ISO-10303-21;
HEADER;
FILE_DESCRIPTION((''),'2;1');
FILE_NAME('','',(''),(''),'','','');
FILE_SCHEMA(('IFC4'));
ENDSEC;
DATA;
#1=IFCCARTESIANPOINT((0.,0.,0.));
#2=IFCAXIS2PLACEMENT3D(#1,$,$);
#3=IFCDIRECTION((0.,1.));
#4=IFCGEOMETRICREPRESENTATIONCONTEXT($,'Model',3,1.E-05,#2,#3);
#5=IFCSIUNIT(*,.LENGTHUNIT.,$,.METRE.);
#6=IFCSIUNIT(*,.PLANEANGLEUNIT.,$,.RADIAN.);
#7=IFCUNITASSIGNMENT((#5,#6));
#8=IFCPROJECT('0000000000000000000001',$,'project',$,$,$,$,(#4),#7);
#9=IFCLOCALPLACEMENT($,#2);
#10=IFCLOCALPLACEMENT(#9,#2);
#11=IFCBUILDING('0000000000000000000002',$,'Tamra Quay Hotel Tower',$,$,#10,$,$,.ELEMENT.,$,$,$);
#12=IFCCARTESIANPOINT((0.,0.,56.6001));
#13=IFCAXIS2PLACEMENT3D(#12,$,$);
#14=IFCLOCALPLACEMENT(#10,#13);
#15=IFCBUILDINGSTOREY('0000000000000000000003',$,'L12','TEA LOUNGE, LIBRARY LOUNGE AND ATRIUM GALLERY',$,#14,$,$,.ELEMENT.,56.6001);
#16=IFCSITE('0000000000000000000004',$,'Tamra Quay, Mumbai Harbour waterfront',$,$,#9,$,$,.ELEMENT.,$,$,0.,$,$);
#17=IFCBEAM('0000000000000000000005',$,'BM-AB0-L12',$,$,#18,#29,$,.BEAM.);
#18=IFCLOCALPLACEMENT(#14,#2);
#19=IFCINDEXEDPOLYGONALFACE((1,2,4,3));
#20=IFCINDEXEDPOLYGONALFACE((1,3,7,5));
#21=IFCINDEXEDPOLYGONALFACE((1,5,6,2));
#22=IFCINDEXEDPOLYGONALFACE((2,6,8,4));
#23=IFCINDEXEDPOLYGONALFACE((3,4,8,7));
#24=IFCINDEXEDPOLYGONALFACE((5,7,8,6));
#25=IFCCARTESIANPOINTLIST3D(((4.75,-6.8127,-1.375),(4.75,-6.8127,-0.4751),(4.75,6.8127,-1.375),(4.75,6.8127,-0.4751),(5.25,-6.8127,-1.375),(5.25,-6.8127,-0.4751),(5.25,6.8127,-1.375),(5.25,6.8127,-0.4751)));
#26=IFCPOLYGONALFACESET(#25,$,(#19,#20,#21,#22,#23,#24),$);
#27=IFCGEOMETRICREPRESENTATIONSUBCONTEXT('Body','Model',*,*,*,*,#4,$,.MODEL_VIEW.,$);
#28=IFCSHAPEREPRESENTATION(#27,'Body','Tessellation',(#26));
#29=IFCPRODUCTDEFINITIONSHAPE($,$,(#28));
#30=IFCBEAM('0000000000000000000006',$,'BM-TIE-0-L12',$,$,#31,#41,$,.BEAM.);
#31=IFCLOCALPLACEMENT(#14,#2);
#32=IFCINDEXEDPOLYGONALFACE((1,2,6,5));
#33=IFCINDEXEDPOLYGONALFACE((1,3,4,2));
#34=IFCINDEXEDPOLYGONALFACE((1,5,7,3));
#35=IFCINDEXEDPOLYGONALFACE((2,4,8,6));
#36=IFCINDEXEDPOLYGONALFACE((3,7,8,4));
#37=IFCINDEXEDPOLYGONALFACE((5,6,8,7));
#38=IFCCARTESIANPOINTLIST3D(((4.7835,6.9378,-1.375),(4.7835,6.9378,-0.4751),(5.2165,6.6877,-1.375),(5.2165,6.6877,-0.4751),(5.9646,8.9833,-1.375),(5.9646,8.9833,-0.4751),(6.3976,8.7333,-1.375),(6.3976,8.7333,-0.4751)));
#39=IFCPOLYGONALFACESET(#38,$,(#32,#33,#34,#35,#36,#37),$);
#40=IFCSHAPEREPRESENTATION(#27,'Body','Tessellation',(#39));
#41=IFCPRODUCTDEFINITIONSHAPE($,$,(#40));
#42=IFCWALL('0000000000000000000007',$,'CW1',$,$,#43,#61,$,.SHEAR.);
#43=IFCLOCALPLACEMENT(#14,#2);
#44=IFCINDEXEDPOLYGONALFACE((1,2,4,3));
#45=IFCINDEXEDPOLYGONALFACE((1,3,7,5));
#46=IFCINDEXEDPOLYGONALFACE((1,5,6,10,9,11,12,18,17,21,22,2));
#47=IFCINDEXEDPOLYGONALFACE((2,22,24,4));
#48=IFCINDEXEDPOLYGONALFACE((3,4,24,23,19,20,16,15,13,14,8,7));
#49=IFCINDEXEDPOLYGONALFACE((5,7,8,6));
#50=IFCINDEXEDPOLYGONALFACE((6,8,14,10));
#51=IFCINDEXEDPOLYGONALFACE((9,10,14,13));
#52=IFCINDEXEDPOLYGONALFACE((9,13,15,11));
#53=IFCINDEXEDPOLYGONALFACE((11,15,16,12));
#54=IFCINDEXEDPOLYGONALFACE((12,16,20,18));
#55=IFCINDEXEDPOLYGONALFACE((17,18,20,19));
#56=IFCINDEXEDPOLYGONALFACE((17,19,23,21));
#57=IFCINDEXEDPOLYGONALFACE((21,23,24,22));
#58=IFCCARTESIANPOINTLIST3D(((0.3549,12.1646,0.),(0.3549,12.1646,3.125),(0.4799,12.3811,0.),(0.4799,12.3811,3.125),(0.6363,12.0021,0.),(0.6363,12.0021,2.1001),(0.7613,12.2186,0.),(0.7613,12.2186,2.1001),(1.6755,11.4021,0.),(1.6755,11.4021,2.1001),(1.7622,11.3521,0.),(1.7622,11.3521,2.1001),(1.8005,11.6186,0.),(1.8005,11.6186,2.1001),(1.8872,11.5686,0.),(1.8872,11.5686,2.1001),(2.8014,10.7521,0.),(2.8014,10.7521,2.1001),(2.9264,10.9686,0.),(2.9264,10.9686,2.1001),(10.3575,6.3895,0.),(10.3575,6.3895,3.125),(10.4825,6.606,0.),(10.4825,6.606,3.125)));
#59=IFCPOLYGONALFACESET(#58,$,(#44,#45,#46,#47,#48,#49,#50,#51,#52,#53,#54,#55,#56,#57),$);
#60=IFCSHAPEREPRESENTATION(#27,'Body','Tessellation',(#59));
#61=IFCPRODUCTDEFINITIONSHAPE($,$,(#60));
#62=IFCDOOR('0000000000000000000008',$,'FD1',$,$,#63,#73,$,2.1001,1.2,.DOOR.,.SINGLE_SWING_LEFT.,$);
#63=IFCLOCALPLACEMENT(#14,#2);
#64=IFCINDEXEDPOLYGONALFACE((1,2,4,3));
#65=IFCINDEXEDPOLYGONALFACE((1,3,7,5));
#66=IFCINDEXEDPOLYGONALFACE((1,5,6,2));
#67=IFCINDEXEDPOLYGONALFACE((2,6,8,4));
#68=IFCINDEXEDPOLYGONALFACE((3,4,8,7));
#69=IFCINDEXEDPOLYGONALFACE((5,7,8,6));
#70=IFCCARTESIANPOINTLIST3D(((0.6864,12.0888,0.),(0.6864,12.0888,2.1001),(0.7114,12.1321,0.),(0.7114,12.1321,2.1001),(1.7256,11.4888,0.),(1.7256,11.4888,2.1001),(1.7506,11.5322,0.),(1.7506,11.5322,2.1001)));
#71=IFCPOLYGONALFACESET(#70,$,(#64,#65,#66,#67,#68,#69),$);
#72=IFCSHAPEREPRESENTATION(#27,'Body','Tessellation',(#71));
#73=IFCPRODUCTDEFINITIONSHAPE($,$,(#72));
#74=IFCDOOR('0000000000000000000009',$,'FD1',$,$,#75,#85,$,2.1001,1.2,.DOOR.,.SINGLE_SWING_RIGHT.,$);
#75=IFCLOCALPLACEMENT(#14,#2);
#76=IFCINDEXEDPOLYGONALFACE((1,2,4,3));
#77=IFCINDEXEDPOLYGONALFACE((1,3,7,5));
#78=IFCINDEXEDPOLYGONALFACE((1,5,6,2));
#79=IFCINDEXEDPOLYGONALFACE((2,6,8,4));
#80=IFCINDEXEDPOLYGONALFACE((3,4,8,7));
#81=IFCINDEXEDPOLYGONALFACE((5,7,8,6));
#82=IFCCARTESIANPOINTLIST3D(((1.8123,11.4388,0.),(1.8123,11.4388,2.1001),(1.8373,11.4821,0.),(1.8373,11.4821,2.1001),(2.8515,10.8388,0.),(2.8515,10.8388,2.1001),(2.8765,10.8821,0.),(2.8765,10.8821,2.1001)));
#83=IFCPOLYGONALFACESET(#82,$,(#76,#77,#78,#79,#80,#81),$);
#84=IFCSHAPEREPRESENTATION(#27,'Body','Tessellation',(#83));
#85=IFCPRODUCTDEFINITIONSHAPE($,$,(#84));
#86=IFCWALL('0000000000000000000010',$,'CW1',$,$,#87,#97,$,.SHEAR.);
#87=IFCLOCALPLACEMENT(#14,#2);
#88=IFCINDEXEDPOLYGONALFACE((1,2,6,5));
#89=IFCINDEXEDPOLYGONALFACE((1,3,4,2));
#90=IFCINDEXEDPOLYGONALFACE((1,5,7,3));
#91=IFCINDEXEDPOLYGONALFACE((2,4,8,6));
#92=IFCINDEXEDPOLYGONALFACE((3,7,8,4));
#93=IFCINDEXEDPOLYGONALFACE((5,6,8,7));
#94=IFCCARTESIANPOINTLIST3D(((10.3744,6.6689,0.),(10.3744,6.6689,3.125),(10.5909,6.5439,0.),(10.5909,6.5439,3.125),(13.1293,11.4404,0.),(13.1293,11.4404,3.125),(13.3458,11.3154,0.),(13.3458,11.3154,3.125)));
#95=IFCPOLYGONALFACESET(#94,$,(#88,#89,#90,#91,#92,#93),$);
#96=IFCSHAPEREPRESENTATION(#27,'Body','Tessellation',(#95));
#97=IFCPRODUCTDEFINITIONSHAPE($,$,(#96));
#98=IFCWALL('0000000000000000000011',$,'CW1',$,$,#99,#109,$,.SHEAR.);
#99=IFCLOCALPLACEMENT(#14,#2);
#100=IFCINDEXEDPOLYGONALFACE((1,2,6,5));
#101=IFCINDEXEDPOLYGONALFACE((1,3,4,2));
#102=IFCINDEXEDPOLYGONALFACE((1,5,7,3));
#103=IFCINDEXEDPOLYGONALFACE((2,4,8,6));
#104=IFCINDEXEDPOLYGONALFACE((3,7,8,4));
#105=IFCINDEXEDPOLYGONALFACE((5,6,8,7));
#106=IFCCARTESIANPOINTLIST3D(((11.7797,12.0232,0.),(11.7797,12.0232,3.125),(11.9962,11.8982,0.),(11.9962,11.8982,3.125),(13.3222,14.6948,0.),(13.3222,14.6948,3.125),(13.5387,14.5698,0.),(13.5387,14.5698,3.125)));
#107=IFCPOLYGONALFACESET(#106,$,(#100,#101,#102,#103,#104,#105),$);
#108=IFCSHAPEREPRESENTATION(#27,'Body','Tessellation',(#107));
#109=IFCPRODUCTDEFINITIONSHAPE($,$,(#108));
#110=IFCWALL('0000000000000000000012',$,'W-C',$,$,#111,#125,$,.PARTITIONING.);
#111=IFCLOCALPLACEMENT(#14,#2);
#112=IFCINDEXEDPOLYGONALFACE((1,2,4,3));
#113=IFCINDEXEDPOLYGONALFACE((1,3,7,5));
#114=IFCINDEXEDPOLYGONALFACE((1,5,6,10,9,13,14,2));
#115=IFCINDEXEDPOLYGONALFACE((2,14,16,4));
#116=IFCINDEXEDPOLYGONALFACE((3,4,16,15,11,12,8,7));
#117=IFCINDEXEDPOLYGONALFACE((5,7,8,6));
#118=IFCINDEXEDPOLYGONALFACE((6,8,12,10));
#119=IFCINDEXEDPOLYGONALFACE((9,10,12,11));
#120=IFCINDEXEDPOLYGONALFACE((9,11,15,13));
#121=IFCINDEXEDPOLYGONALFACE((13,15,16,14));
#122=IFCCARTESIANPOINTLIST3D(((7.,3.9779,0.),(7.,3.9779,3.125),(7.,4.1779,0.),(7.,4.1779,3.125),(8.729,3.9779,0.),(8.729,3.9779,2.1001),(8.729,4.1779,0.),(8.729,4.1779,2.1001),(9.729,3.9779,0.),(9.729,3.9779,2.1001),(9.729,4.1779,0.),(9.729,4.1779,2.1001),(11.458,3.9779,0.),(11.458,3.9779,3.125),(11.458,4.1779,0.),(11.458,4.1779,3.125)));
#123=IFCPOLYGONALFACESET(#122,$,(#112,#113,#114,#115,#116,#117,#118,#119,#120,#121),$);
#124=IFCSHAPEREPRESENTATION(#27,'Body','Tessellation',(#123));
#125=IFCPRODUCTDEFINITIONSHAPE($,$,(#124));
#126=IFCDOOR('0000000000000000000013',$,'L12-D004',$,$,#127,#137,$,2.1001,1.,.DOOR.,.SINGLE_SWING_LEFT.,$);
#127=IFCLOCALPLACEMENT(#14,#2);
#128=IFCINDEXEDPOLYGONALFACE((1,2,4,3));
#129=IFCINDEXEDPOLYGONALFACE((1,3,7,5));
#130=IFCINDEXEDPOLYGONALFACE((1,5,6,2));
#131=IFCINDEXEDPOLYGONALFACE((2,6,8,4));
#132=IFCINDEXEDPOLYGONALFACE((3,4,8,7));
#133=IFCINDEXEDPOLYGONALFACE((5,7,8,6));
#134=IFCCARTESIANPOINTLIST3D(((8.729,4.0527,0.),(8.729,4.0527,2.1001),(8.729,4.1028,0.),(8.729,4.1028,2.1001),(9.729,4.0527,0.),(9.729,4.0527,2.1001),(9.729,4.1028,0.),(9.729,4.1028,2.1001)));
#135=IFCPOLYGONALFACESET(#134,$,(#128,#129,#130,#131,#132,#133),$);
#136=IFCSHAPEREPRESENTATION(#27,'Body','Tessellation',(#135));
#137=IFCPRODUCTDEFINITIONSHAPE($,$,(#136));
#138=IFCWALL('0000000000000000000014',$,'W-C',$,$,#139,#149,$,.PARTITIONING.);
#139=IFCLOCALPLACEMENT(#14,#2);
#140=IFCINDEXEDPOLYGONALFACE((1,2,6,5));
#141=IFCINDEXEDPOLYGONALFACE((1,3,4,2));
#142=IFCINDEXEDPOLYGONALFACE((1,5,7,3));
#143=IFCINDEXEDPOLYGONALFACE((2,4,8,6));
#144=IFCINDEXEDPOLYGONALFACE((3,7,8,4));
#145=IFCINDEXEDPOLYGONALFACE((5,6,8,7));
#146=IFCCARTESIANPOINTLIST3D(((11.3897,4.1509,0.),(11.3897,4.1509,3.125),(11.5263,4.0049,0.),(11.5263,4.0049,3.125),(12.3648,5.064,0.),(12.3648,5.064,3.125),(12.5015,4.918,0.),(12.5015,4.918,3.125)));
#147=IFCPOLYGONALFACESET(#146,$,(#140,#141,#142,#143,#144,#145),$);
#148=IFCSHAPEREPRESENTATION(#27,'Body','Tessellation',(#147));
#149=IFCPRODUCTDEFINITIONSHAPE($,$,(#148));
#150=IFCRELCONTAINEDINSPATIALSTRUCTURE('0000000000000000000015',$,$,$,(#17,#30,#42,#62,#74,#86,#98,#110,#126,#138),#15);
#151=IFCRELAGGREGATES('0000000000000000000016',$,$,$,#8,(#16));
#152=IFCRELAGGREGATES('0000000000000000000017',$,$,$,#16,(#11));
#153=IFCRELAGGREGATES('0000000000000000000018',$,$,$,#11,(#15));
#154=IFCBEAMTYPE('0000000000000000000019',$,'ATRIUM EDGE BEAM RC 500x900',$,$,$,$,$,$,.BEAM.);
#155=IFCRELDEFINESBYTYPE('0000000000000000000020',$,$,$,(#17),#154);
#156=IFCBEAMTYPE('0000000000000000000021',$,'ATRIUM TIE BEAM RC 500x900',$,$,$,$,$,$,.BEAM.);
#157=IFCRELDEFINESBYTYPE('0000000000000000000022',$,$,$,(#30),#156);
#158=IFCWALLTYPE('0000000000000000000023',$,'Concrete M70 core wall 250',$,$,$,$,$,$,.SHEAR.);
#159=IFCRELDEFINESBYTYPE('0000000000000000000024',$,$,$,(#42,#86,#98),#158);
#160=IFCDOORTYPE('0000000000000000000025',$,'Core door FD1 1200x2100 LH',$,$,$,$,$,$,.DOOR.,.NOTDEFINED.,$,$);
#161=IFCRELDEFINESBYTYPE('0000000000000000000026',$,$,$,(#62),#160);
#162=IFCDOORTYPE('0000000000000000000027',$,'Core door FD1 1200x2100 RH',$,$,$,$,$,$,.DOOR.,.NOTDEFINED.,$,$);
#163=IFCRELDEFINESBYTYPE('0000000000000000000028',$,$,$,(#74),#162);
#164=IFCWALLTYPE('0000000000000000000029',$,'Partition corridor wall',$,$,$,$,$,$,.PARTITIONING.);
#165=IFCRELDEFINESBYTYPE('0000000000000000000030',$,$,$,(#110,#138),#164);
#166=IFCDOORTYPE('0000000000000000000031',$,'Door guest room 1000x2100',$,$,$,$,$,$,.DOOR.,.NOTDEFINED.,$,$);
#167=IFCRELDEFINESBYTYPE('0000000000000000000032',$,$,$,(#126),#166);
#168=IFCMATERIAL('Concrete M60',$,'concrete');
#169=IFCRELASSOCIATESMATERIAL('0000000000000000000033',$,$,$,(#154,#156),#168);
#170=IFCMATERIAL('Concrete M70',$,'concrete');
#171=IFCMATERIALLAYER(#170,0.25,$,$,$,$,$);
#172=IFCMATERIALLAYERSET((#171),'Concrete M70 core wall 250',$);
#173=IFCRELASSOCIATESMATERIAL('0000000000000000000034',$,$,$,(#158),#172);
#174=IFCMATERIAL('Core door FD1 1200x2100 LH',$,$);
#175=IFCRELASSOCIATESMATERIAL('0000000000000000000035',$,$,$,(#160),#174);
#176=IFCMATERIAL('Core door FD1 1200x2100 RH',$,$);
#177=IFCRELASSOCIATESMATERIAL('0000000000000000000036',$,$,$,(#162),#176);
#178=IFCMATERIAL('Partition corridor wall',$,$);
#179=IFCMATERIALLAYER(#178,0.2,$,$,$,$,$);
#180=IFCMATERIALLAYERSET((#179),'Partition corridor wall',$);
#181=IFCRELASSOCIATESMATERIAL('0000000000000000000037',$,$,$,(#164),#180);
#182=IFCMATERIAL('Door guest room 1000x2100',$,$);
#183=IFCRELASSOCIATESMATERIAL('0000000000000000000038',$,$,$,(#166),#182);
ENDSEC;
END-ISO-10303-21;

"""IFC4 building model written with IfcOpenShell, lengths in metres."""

from ifc_helpers import new_model, si_unit, direction, frame, frame_2d, origin, origin_2d, place, context, subcontext, project, spatial, rectangle, extrude, material, layer, layer_set, material_profile, profile_set, type_object, element, fill, save


model = new_model("IFC4")

# Units and contexts
model_context = context("Model", 3, precision=1e-05, world=origin(), true_north=direction((0.0, 1.0)))
body_context = subcontext(model_context, "Body", "Model", "MODEL_VIEW")
ifc_project = project(units=[si_unit("LENGTHUNIT", "METRE"), si_unit("PLANEANGLEUNIT", "RADIAN")], contexts=[model_context])

# Site, building, storey
site_placement = place(None, origin())
site = spatial("IfcSite", under=ifc_project, at=site_placement, Name="Tamra Quay, Mumbai Harbour waterfront", CompositionType="ELEMENT", RefElevation=0.0)
building_placement = place(site_placement, origin())
building = spatial("IfcBuilding", under=site, at=building_placement, Name="Tamra Quay Hotel Tower", CompositionType="ELEMENT")
storey_placement = place(building_placement, frame((0.0, 0.0, 56.6001)))
storey = spatial("IfcBuildingStorey", under=building, at=storey_placement, Name="L12", Description="TEA LOUNGE, LIBRARY LOUNGE AND ATRIUM GALLERY", CompositionType="ELEMENT", Elevation=56.6001)

# Beams
ifc_material_1 = material(Name="Concrete M60", Category="concrete")
ifc_material_profile_1 = material_profile(ifc_material_1, rectangle(XDim=0.5, YDim=0.8999, at=origin_2d()), Name="ATRIUM EDGE BEAM RC 500x900")
ifc_profile_set_1 = profile_set([ifc_material_profile_1], Name="Concrete M60")
beam_type_1 = type_object("IfcBeamType", Name="ATRIUM EDGE BEAM RC 500x900", PredefinedType="BEAM", material=ifc_profile_set_1)
beam_1_placement = place(storey_placement, frame((5.0, 6.8127, -0.925), z_axis=(0.0, -1.0, 0.0), x_axis=(1.0, 0.0, 0.0)))
element("IfcBeam", 1, at=beam_1_placement, inside=storey, type_object=beam_type_1, Name="BM-AB0-L12", PredefinedType="BEAM", context=body_context, shape_type="SweptSolid", body=[
    extrude(rectangle(XDim=0.5, YDim=0.8999, at=origin_2d()), origin(), (0.0, 0.0, 1.0), 13.6255),
])
ifc_material_profile_2 = material_profile(ifc_material_1, rectangle(XDim=0.5, YDim=0.8999, at=origin_2d()), Name="ATRIUM TIE BEAM RC 500x900")
ifc_profile_set_2 = profile_set([ifc_material_profile_2], Name="Concrete M60")
beam_type_2 = type_object("IfcBeamType", Name="ATRIUM TIE BEAM RC 500x900", PredefinedType="BEAM", material=ifc_profile_set_2)
beam_2_placement = place(storey_placement, frame((5.0, 6.8127, -0.925), z_axis=(0.50003, 0.866008, 0.0), x_axis=(-0.866008, 0.50003, 0.0)))
element("IfcBeam", 2, at=beam_2_placement, inside=storey, type_object=beam_type_2, Name="BM-TIE-0-L12", PredefinedType="BEAM", context=body_context, shape_type="SweptSolid", body=[
    extrude(rectangle(XDim=0.5, YDim=0.8999, at=origin_2d()), origin(), (0.0, 0.0, 1.0), 2.3621),
])

# Wall, openings, doors
ifc_material_2 = material(Name="Concrete M70", Category="concrete")
ifc_layer_1 = layer(ifc_material_2, 0.25)
ifc_layer_set_1 = layer_set([ifc_layer_1], Name="Concrete M70 core wall 250")
wall_type_1 = type_object("IfcWallType", Name="Concrete M70 core wall 250", PredefinedType="SHEAR", material=ifc_layer_set_1)
wall_1_placement = place(storey_placement, frame((10.4199, 6.4978, 0.0), z_axis=(0.0, 0.0, 1.0), x_axis=(-0.866022, 0.500006, 0.0)))
wall_1 = element("IfcWall", 3, at=wall_1_placement, inside=storey, type_object=wall_type_1, Name="CW1", PredefinedType="SHEAR", context=body_context, shape_type="SweptSolid", body=[
    extrude(rectangle(XDim=11.55, YDim=0.25, at=frame_2d((5.7749, 0.0))), origin(), (0.0, 0.0, 1.0), 3.125),
])
opening_1_placement = place(wall_1_placement, frame((10.0249, 0.0, 0.0)))
opening_1 = element("IfcOpeningElement", 4, at=opening_1_placement, cuts=wall_1, PredefinedType="OPENING", context=body_context, shape_type="SweptSolid", body=[
    extrude(rectangle(XDim=1.2, YDim=2.1001, at=frame_2d((0.6001, 1.05))), frame((0.0, 0.135, 0.0), z_axis=(0.0, -1.0, 0.0), x_axis=(1.0, 0.0, 0.0)), (0.0, 0.0, 1.0), 0.27),
])
opening_2_placement = place(wall_1_placement, frame((8.7249, 0.0, 0.0)))
opening_2 = element("IfcOpeningElement", 5, at=opening_2_placement, cuts=wall_1, PredefinedType="OPENING", context=body_context, shape_type="SweptSolid", body=[
    extrude(rectangle(XDim=1.2, YDim=2.1001, at=frame_2d((0.6001, 1.05))), frame((0.0, 0.135, 0.0), z_axis=(0.0, -1.0, 0.0), x_axis=(1.0, 0.0, 0.0)), (0.0, 0.0, 1.0), 0.27),
])
ifc_material_3 = material(Name="Core door FD1 1200x2100 LH")
door_type_1 = type_object("IfcDoorType", Name="Core door FD1 1200x2100 LH", OperationType="NOTDEFINED", PredefinedType="DOOR", material=ifc_material_3)
door_1_placement = place(opening_1_placement, origin())
door_1 = element("IfcDoor", 6, at=door_1_placement, inside=storey, type_object=door_type_1, Name="FD1", OperationType="SINGLE_SWING_LEFT", OverallHeight=2.1001, OverallWidth=1.2, PredefinedType="DOOR", context=body_context, shape_type="SweptSolid", body=[
    extrude(rectangle(XDim=1.2, YDim=2.1001, at=frame_2d((0.6001, 1.05))), frame((0.0, 0.0249, 0.0), z_axis=(0.0, -1.0, 0.0), x_axis=(1.0, 0.0, 0.0)), (0.0, 0.0, 1.0), 0.05),
])
fill(opening_1, door_1)
ifc_material_4 = material(Name="Core door FD1 1200x2100 RH")
door_type_2 = type_object("IfcDoorType", Name="Core door FD1 1200x2100 RH", OperationType="NOTDEFINED", PredefinedType="DOOR", material=ifc_material_4)
door_2_placement = place(opening_2_placement, origin())
door_2 = element("IfcDoor", 7, at=door_2_placement, inside=storey, type_object=door_type_2, Name="FD1", OperationType="SINGLE_SWING_RIGHT", OverallHeight=2.1001, OverallWidth=1.2, PredefinedType="DOOR", context=body_context, shape_type="SweptSolid", body=[
    extrude(rectangle(XDim=1.2, YDim=2.1001, at=frame_2d((0.6001, 1.05))), frame((0.0, 0.0249, 0.0), z_axis=(0.0, -1.0, 0.0), x_axis=(1.0, 0.0, 0.0)), (0.0, 0.0, 1.0), 0.05),
])
fill(opening_2, door_2)

# Walls
wall_2_placement = place(storey_placement, frame((13.2375, 11.3779, 0.0), z_axis=(0.0, 0.0, 1.0), x_axis=(-0.500009, -0.86602, 0.0)))
element("IfcWall", 8, at=wall_2_placement, inside=storey, type_object=wall_type_1, Name="CW1", PredefinedType="SHEAR", context=body_context, shape_type="SweptSolid", body=[
    extrude(rectangle(XDim=5.5098, YDim=0.25, at=frame_2d((2.7549, 0.0))), origin(), (0.0, 0.0, 1.0), 3.125),
])
wall_3_placement = place(storey_placement, frame((11.8879, 11.9607, 0.0), z_axis=(0.0, 0.0, 1.0), x_axis=(0.500003, 0.866023, 0.0)))
element("IfcWall", 9, at=wall_3_placement, inside=storey, type_object=wall_type_1, Name="CW1", PredefinedType="SHEAR", context=body_context, shape_type="SweptSolid", body=[
    extrude(rectangle(XDim=3.085, YDim=0.25, at=frame_2d((1.5425, 0.0))), origin(), (0.0, 0.0, 1.0), 3.125),
])

# Wall, opening, door
ifc_material_5 = material(Name="Partition corridor wall")
ifc_layer_2 = layer(ifc_material_5, 0.2)
ifc_layer_set_2 = layer_set([ifc_layer_2], Name="Partition corridor wall")
wall_type_2 = type_object("IfcWallType", Name="Partition corridor wall", PredefinedType="PARTITIONING", material=ifc_layer_set_2)
wall_4_placement = place(storey_placement, frame((7.0, 4.0779, 0.0), z_axis=(0.0, 0.0, 1.0), x_axis=(1.0, 0.0, 0.0)))
wall_4 = element("IfcWall", 10, at=wall_4_placement, inside=storey, type_object=wall_type_2, Name="W-C", PredefinedType="PARTITIONING", context=body_context, shape_type="SweptSolid", body=[
    extrude(rectangle(XDim=4.458, YDim=0.2, at=frame_2d((2.229, 0.0))), origin(), (0.0, 0.0, 1.0), 3.125),
])
opening_3_placement = place(wall_4_placement, frame((1.729, 0.0, 0.0)))
opening_3 = element("IfcOpeningElement", 11, at=opening_3_placement, cuts=wall_4, PredefinedType="OPENING", context=body_context, shape_type="SweptSolid", body=[
    extrude(rectangle(XDim=1.0, YDim=2.1001, at=frame_2d((0.5, 1.05))), frame((0.0, 0.1099, 0.0), z_axis=(0.0, -1.0, 0.0), x_axis=(1.0, 0.0, 0.0)), (0.0, 0.0, 1.0), 0.22),
])
ifc_material_6 = material(Name="Door guest room 1000x2100")
door_type_3 = type_object("IfcDoorType", Name="Door guest room 1000x2100", OperationType="NOTDEFINED", PredefinedType="DOOR", material=ifc_material_6)
door_3_placement = place(opening_3_placement, origin())
door_3 = element("IfcDoor", 12, at=door_3_placement, inside=storey, type_object=door_type_3, Name="L12-D004", OperationType="SINGLE_SWING_LEFT", OverallHeight=2.1001, OverallWidth=1.0, PredefinedType="DOOR", context=body_context, shape_type="SweptSolid", body=[
    extrude(rectangle(XDim=1.0, YDim=2.1001, at=frame_2d((0.5, 1.05))), frame((0.0, 0.0249, 0.0), z_axis=(0.0, -1.0, 0.0), x_axis=(1.0, 0.0, 0.0)), (0.0, 0.0, 1.0), 0.05),
])
fill(opening_3, door_3)

# Wall
wall_5_placement = place(storey_placement, frame((11.458, 4.0779, 0.0), z_axis=(0.0, 0.0, 1.0), x_axis=(0.729936, 0.683515, 0.0)))
element("IfcWall", 13, at=wall_5_placement, inside=storey, type_object=wall_type_2, Name="W-C", PredefinedType="PARTITIONING", context=body_context, shape_type="SweptSolid", body=[
    extrude(rectangle(XDim=1.3359, YDim=0.2, at=frame_2d((0.668, 0.0))), origin(), (0.0, 0.0, 1.0), 3.125),
])

save(model, "model.ifc")
